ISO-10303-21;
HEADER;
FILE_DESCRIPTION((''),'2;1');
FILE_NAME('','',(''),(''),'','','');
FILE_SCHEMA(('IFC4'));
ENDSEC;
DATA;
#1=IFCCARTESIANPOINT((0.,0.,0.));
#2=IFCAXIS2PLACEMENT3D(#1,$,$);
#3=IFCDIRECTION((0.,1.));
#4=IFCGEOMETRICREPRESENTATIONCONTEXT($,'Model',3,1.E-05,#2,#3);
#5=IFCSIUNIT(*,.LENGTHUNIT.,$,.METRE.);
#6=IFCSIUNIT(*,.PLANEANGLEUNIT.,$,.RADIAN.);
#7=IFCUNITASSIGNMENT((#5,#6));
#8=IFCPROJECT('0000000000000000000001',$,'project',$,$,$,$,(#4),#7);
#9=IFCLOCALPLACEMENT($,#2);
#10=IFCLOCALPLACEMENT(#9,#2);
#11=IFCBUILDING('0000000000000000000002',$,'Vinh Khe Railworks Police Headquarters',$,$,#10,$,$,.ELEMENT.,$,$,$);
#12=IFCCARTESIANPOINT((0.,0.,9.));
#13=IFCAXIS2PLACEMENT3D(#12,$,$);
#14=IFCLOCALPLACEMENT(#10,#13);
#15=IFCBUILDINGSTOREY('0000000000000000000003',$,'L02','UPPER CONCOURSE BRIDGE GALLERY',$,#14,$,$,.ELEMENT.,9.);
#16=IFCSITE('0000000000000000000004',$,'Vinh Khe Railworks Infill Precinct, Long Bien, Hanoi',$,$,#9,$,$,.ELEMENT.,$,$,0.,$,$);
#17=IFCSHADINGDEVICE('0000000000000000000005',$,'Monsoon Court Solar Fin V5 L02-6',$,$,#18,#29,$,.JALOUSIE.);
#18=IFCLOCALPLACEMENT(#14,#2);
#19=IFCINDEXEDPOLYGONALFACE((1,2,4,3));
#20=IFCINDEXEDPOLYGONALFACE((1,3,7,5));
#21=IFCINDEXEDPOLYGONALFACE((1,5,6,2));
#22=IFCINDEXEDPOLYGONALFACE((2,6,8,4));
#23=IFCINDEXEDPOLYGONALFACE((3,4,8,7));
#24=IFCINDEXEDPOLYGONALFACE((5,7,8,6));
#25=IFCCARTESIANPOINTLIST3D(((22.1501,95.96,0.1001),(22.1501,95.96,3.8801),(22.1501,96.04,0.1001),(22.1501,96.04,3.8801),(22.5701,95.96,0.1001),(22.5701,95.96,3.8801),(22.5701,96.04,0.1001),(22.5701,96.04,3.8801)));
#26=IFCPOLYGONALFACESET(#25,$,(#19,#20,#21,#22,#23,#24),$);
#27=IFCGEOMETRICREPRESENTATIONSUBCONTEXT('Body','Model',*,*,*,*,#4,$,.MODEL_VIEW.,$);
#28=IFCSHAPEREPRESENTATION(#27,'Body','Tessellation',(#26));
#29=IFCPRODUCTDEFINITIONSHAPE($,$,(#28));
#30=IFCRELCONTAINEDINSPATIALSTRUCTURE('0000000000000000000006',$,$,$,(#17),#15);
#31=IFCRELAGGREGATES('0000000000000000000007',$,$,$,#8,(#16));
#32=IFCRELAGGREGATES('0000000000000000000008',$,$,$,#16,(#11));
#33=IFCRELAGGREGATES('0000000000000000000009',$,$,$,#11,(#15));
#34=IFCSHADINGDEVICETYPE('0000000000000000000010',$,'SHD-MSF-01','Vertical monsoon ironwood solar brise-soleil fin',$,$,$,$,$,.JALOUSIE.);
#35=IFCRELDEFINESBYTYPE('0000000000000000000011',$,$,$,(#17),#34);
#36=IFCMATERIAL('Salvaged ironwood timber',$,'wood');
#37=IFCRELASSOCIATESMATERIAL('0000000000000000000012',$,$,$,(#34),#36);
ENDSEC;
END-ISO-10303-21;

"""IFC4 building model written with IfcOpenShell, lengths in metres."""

from ifc_helpers import new_model, si_unit, direction, frame, origin, origin_2d, place, context, subcontext, project, spatial, rectangle, extrude, material, type_object, element, save


model = new_model("IFC4")

# Units and contexts
model_context = context("Model", 3, precision=1e-05, world=origin(), true_north=direction((0.0, 1.0)))
body_context = subcontext(model_context, "Body", "Model", "MODEL_VIEW")
ifc_project = project(units=[si_unit("LENGTHUNIT", "METRE"), si_unit("PLANEANGLEUNIT", "RADIAN")], contexts=[model_context])

# Site, building, storey
site_placement = place(None, origin())
site = spatial("IfcSite", under=ifc_project, at=site_placement, Name="Vinh Khe Railworks Infill Precinct, Long Bien, Hanoi", CompositionType="ELEMENT", RefElevation=0.0)
building_placement = place(site_placement, origin())
building = spatial("IfcBuilding", under=site, at=building_placement, Name="Vinh Khe Railworks Police Headquarters", CompositionType="ELEMENT")
storey_placement = place(building_placement, frame((0.0, 0.0, 9.0)))
storey = spatial("IfcBuildingStorey", under=building, at=storey_placement, Name="L02", Description="UPPER CONCOURSE BRIDGE GALLERY", CompositionType="ELEMENT", Elevation=9.0)

# Shading device
ifc_material_1 = material(Name="Salvaged ironwood timber", Category="wood")
shading_device_type = type_object("IfcShadingDeviceType", Name="SHD-MSF-01", Description="Vertical monsoon ironwood solar brise-soleil fin", PredefinedType="JALOUSIE", material=ifc_material_1)
shading_device_placement = place(storey_placement, frame((22.3601, 96.0, 0.1001), z_axis=(0.0, 0.0, 1.0), x_axis=(1.0, 0.0, 0.0)))
element("IfcShadingDevice", 1, at=shading_device_placement, inside=storey, type_object=shading_device_type, Name="Monsoon Court Solar Fin V5 L02-6", PredefinedType="JALOUSIE", context=body_context, shape_type="SweptSolid", body=[
    extrude(rectangle(XDim=0.4199, YDim=0.0801, at=origin_2d()), origin(), (0.0, 0.0, 1.0), 3.78),
])

save(model, "model.ifc")
